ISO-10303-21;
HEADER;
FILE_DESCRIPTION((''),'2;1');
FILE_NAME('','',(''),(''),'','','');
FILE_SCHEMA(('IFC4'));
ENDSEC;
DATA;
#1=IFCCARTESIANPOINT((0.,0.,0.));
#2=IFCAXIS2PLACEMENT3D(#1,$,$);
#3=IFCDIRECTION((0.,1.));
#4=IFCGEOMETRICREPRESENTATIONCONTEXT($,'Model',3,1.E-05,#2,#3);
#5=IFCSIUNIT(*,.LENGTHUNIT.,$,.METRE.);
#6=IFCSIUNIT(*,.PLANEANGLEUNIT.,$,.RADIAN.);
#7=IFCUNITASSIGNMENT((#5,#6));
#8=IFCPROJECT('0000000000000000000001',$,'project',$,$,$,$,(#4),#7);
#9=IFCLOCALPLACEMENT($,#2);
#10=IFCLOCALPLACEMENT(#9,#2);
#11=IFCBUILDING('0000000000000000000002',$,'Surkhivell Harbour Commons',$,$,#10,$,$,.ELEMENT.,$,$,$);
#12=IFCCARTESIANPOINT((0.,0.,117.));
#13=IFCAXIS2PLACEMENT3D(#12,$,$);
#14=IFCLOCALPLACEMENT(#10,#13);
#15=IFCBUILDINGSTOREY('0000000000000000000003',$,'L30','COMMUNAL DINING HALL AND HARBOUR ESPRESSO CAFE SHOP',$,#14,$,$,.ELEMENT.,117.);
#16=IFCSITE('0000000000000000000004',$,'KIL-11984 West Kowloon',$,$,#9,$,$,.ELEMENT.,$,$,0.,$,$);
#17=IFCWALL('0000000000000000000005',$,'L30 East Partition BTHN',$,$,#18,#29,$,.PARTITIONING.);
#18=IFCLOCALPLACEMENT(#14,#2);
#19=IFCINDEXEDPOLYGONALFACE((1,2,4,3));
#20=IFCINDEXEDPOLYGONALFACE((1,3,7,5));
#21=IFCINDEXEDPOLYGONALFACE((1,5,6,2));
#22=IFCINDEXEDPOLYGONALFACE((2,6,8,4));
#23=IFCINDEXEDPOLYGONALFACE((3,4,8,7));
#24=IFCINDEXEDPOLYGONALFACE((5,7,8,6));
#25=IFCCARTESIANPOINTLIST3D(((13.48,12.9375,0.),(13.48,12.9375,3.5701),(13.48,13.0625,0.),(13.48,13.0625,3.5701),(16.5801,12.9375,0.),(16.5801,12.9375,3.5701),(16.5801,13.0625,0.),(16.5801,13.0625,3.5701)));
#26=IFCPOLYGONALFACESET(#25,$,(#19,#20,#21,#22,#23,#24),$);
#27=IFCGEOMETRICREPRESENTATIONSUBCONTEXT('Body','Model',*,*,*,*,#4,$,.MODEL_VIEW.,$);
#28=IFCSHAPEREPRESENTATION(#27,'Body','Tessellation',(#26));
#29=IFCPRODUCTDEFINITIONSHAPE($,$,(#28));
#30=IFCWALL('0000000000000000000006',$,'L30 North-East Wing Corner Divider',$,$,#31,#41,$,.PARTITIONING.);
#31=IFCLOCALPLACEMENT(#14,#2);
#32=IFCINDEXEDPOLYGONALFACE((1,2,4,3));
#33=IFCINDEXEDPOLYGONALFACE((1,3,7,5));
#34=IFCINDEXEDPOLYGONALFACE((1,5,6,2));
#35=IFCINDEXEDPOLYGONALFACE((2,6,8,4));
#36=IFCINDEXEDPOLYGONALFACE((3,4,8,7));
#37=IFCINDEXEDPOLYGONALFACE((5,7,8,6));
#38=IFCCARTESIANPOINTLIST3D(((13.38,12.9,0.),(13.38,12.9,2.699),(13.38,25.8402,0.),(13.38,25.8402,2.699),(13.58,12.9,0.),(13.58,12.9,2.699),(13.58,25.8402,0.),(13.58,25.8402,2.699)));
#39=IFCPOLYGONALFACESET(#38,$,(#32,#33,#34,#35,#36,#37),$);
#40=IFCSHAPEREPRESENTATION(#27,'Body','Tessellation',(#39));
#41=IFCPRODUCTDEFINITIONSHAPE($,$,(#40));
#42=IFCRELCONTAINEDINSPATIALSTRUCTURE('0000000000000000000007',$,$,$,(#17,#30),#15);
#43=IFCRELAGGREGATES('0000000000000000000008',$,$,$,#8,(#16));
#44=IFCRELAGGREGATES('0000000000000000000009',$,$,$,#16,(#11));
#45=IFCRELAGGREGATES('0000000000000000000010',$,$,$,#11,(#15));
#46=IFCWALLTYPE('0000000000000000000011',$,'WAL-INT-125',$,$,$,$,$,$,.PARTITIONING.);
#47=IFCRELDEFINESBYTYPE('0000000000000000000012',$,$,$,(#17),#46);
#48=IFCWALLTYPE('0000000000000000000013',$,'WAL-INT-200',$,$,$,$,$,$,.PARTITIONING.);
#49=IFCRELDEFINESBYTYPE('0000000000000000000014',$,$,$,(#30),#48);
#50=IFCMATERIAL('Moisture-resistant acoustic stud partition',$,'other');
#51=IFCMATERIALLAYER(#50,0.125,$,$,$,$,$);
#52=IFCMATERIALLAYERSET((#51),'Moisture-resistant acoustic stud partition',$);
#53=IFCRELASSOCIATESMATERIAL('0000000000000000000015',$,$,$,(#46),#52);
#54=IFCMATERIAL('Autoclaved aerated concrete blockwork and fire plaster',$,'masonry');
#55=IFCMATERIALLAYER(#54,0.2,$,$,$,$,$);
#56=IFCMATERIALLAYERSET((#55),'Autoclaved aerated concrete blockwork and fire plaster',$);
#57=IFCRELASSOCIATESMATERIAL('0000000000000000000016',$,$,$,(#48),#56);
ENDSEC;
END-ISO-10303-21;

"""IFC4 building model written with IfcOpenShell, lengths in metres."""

from ifc_helpers import new_model, si_unit, direction, frame, frame_2d, origin, place, context, subcontext, project, spatial, rectangle, extrude, material, layer, layer_set, type_object, element, save


model = new_model("IFC4")

# Units and contexts
model_context = context("Model", 3, precision=1e-05, world=origin(), true_north=direction((0.0, 1.0)))
body_context = subcontext(model_context, "Body", "Model", "MODEL_VIEW")
ifc_project = project(units=[si_unit("LENGTHUNIT", "METRE"), si_unit("PLANEANGLEUNIT", "RADIAN")], contexts=[model_context])

# Site, building, storey
site_placement = place(None, origin())
site = spatial("IfcSite", under=ifc_project, at=site_placement, Name="KIL-11984 West Kowloon", CompositionType="ELEMENT", RefElevation=0.0)
building_placement = place(site_placement, origin())
building = spatial("IfcBuilding", under=site, at=building_placement, Name="Surkhivell Harbour Commons", CompositionType="ELEMENT")
storey_placement = place(building_placement, frame((0.0, 0.0, 117.0)))
storey = spatial("IfcBuildingStorey", under=building, at=storey_placement, Name="L30", Description="COMMUNAL DINING HALL AND HARBOUR ESPRESSO CAFE SHOP", CompositionType="ELEMENT", Elevation=117.0)

# Walls
ifc_material_1 = material(Name="Moisture-resistant acoustic stud partition", Category="other")
ifc_layer_1 = layer(ifc_material_1, 0.125)
ifc_layer_set_1 = layer_set([ifc_layer_1], Name="Moisture-resistant acoustic stud partition")
wall_type_1 = type_object("IfcWallType", Name="WAL-INT-125", PredefinedType="PARTITIONING", material=ifc_layer_set_1)
wall_1_placement = place(storey_placement, frame((13.48, 13.0, 0.0), z_axis=(0.0, 0.0, 1.0), x_axis=(1.0, 0.0, 0.0)))
element("IfcWall", 1, at=wall_1_placement, inside=storey, type_object=wall_type_1, Name="L30 East Partition BTHN", PredefinedType="PARTITIONING", context=body_context, shape_type="SweptSolid", body=[
    extrude(rectangle(XDim=3.1001, YDim=0.125, at=frame_2d((1.55, 0.0))), origin(), (0.0, 0.0, 1.0), 3.5701),
])
ifc_material_2 = material(Name="Autoclaved aerated concrete blockwork and fire plaster", Category="masonry")
ifc_layer_2 = layer(ifc_material_2, 0.2)
ifc_layer_set_2 = layer_set([ifc_layer_2], Name="Autoclaved aerated concrete blockwork and fire plaster")
wall_type_2 = type_object("IfcWallType", Name="WAL-INT-200", PredefinedType="PARTITIONING", material=ifc_layer_set_2)
wall_2_placement = place(storey_placement, frame((13.48, 12.8999, 0.0), z_axis=(0.0, 0.0, 1.0), x_axis=(0.0, 1.0, 0.0)))
element("IfcWall", 2, at=wall_2_placement, inside=storey, type_object=wall_type_2, Name="L30 North-East Wing Corner Divider", PredefinedType="PARTITIONING", context=body_context, shape_type="SweptSolid", body=[
    extrude(rectangle(XDim=12.9402, YDim=0.2, at=frame_2d((6.4702, 0.0))), origin(), (0.0, 0.0, 1.0), 2.699),
])

save(model, "model.ifc")
